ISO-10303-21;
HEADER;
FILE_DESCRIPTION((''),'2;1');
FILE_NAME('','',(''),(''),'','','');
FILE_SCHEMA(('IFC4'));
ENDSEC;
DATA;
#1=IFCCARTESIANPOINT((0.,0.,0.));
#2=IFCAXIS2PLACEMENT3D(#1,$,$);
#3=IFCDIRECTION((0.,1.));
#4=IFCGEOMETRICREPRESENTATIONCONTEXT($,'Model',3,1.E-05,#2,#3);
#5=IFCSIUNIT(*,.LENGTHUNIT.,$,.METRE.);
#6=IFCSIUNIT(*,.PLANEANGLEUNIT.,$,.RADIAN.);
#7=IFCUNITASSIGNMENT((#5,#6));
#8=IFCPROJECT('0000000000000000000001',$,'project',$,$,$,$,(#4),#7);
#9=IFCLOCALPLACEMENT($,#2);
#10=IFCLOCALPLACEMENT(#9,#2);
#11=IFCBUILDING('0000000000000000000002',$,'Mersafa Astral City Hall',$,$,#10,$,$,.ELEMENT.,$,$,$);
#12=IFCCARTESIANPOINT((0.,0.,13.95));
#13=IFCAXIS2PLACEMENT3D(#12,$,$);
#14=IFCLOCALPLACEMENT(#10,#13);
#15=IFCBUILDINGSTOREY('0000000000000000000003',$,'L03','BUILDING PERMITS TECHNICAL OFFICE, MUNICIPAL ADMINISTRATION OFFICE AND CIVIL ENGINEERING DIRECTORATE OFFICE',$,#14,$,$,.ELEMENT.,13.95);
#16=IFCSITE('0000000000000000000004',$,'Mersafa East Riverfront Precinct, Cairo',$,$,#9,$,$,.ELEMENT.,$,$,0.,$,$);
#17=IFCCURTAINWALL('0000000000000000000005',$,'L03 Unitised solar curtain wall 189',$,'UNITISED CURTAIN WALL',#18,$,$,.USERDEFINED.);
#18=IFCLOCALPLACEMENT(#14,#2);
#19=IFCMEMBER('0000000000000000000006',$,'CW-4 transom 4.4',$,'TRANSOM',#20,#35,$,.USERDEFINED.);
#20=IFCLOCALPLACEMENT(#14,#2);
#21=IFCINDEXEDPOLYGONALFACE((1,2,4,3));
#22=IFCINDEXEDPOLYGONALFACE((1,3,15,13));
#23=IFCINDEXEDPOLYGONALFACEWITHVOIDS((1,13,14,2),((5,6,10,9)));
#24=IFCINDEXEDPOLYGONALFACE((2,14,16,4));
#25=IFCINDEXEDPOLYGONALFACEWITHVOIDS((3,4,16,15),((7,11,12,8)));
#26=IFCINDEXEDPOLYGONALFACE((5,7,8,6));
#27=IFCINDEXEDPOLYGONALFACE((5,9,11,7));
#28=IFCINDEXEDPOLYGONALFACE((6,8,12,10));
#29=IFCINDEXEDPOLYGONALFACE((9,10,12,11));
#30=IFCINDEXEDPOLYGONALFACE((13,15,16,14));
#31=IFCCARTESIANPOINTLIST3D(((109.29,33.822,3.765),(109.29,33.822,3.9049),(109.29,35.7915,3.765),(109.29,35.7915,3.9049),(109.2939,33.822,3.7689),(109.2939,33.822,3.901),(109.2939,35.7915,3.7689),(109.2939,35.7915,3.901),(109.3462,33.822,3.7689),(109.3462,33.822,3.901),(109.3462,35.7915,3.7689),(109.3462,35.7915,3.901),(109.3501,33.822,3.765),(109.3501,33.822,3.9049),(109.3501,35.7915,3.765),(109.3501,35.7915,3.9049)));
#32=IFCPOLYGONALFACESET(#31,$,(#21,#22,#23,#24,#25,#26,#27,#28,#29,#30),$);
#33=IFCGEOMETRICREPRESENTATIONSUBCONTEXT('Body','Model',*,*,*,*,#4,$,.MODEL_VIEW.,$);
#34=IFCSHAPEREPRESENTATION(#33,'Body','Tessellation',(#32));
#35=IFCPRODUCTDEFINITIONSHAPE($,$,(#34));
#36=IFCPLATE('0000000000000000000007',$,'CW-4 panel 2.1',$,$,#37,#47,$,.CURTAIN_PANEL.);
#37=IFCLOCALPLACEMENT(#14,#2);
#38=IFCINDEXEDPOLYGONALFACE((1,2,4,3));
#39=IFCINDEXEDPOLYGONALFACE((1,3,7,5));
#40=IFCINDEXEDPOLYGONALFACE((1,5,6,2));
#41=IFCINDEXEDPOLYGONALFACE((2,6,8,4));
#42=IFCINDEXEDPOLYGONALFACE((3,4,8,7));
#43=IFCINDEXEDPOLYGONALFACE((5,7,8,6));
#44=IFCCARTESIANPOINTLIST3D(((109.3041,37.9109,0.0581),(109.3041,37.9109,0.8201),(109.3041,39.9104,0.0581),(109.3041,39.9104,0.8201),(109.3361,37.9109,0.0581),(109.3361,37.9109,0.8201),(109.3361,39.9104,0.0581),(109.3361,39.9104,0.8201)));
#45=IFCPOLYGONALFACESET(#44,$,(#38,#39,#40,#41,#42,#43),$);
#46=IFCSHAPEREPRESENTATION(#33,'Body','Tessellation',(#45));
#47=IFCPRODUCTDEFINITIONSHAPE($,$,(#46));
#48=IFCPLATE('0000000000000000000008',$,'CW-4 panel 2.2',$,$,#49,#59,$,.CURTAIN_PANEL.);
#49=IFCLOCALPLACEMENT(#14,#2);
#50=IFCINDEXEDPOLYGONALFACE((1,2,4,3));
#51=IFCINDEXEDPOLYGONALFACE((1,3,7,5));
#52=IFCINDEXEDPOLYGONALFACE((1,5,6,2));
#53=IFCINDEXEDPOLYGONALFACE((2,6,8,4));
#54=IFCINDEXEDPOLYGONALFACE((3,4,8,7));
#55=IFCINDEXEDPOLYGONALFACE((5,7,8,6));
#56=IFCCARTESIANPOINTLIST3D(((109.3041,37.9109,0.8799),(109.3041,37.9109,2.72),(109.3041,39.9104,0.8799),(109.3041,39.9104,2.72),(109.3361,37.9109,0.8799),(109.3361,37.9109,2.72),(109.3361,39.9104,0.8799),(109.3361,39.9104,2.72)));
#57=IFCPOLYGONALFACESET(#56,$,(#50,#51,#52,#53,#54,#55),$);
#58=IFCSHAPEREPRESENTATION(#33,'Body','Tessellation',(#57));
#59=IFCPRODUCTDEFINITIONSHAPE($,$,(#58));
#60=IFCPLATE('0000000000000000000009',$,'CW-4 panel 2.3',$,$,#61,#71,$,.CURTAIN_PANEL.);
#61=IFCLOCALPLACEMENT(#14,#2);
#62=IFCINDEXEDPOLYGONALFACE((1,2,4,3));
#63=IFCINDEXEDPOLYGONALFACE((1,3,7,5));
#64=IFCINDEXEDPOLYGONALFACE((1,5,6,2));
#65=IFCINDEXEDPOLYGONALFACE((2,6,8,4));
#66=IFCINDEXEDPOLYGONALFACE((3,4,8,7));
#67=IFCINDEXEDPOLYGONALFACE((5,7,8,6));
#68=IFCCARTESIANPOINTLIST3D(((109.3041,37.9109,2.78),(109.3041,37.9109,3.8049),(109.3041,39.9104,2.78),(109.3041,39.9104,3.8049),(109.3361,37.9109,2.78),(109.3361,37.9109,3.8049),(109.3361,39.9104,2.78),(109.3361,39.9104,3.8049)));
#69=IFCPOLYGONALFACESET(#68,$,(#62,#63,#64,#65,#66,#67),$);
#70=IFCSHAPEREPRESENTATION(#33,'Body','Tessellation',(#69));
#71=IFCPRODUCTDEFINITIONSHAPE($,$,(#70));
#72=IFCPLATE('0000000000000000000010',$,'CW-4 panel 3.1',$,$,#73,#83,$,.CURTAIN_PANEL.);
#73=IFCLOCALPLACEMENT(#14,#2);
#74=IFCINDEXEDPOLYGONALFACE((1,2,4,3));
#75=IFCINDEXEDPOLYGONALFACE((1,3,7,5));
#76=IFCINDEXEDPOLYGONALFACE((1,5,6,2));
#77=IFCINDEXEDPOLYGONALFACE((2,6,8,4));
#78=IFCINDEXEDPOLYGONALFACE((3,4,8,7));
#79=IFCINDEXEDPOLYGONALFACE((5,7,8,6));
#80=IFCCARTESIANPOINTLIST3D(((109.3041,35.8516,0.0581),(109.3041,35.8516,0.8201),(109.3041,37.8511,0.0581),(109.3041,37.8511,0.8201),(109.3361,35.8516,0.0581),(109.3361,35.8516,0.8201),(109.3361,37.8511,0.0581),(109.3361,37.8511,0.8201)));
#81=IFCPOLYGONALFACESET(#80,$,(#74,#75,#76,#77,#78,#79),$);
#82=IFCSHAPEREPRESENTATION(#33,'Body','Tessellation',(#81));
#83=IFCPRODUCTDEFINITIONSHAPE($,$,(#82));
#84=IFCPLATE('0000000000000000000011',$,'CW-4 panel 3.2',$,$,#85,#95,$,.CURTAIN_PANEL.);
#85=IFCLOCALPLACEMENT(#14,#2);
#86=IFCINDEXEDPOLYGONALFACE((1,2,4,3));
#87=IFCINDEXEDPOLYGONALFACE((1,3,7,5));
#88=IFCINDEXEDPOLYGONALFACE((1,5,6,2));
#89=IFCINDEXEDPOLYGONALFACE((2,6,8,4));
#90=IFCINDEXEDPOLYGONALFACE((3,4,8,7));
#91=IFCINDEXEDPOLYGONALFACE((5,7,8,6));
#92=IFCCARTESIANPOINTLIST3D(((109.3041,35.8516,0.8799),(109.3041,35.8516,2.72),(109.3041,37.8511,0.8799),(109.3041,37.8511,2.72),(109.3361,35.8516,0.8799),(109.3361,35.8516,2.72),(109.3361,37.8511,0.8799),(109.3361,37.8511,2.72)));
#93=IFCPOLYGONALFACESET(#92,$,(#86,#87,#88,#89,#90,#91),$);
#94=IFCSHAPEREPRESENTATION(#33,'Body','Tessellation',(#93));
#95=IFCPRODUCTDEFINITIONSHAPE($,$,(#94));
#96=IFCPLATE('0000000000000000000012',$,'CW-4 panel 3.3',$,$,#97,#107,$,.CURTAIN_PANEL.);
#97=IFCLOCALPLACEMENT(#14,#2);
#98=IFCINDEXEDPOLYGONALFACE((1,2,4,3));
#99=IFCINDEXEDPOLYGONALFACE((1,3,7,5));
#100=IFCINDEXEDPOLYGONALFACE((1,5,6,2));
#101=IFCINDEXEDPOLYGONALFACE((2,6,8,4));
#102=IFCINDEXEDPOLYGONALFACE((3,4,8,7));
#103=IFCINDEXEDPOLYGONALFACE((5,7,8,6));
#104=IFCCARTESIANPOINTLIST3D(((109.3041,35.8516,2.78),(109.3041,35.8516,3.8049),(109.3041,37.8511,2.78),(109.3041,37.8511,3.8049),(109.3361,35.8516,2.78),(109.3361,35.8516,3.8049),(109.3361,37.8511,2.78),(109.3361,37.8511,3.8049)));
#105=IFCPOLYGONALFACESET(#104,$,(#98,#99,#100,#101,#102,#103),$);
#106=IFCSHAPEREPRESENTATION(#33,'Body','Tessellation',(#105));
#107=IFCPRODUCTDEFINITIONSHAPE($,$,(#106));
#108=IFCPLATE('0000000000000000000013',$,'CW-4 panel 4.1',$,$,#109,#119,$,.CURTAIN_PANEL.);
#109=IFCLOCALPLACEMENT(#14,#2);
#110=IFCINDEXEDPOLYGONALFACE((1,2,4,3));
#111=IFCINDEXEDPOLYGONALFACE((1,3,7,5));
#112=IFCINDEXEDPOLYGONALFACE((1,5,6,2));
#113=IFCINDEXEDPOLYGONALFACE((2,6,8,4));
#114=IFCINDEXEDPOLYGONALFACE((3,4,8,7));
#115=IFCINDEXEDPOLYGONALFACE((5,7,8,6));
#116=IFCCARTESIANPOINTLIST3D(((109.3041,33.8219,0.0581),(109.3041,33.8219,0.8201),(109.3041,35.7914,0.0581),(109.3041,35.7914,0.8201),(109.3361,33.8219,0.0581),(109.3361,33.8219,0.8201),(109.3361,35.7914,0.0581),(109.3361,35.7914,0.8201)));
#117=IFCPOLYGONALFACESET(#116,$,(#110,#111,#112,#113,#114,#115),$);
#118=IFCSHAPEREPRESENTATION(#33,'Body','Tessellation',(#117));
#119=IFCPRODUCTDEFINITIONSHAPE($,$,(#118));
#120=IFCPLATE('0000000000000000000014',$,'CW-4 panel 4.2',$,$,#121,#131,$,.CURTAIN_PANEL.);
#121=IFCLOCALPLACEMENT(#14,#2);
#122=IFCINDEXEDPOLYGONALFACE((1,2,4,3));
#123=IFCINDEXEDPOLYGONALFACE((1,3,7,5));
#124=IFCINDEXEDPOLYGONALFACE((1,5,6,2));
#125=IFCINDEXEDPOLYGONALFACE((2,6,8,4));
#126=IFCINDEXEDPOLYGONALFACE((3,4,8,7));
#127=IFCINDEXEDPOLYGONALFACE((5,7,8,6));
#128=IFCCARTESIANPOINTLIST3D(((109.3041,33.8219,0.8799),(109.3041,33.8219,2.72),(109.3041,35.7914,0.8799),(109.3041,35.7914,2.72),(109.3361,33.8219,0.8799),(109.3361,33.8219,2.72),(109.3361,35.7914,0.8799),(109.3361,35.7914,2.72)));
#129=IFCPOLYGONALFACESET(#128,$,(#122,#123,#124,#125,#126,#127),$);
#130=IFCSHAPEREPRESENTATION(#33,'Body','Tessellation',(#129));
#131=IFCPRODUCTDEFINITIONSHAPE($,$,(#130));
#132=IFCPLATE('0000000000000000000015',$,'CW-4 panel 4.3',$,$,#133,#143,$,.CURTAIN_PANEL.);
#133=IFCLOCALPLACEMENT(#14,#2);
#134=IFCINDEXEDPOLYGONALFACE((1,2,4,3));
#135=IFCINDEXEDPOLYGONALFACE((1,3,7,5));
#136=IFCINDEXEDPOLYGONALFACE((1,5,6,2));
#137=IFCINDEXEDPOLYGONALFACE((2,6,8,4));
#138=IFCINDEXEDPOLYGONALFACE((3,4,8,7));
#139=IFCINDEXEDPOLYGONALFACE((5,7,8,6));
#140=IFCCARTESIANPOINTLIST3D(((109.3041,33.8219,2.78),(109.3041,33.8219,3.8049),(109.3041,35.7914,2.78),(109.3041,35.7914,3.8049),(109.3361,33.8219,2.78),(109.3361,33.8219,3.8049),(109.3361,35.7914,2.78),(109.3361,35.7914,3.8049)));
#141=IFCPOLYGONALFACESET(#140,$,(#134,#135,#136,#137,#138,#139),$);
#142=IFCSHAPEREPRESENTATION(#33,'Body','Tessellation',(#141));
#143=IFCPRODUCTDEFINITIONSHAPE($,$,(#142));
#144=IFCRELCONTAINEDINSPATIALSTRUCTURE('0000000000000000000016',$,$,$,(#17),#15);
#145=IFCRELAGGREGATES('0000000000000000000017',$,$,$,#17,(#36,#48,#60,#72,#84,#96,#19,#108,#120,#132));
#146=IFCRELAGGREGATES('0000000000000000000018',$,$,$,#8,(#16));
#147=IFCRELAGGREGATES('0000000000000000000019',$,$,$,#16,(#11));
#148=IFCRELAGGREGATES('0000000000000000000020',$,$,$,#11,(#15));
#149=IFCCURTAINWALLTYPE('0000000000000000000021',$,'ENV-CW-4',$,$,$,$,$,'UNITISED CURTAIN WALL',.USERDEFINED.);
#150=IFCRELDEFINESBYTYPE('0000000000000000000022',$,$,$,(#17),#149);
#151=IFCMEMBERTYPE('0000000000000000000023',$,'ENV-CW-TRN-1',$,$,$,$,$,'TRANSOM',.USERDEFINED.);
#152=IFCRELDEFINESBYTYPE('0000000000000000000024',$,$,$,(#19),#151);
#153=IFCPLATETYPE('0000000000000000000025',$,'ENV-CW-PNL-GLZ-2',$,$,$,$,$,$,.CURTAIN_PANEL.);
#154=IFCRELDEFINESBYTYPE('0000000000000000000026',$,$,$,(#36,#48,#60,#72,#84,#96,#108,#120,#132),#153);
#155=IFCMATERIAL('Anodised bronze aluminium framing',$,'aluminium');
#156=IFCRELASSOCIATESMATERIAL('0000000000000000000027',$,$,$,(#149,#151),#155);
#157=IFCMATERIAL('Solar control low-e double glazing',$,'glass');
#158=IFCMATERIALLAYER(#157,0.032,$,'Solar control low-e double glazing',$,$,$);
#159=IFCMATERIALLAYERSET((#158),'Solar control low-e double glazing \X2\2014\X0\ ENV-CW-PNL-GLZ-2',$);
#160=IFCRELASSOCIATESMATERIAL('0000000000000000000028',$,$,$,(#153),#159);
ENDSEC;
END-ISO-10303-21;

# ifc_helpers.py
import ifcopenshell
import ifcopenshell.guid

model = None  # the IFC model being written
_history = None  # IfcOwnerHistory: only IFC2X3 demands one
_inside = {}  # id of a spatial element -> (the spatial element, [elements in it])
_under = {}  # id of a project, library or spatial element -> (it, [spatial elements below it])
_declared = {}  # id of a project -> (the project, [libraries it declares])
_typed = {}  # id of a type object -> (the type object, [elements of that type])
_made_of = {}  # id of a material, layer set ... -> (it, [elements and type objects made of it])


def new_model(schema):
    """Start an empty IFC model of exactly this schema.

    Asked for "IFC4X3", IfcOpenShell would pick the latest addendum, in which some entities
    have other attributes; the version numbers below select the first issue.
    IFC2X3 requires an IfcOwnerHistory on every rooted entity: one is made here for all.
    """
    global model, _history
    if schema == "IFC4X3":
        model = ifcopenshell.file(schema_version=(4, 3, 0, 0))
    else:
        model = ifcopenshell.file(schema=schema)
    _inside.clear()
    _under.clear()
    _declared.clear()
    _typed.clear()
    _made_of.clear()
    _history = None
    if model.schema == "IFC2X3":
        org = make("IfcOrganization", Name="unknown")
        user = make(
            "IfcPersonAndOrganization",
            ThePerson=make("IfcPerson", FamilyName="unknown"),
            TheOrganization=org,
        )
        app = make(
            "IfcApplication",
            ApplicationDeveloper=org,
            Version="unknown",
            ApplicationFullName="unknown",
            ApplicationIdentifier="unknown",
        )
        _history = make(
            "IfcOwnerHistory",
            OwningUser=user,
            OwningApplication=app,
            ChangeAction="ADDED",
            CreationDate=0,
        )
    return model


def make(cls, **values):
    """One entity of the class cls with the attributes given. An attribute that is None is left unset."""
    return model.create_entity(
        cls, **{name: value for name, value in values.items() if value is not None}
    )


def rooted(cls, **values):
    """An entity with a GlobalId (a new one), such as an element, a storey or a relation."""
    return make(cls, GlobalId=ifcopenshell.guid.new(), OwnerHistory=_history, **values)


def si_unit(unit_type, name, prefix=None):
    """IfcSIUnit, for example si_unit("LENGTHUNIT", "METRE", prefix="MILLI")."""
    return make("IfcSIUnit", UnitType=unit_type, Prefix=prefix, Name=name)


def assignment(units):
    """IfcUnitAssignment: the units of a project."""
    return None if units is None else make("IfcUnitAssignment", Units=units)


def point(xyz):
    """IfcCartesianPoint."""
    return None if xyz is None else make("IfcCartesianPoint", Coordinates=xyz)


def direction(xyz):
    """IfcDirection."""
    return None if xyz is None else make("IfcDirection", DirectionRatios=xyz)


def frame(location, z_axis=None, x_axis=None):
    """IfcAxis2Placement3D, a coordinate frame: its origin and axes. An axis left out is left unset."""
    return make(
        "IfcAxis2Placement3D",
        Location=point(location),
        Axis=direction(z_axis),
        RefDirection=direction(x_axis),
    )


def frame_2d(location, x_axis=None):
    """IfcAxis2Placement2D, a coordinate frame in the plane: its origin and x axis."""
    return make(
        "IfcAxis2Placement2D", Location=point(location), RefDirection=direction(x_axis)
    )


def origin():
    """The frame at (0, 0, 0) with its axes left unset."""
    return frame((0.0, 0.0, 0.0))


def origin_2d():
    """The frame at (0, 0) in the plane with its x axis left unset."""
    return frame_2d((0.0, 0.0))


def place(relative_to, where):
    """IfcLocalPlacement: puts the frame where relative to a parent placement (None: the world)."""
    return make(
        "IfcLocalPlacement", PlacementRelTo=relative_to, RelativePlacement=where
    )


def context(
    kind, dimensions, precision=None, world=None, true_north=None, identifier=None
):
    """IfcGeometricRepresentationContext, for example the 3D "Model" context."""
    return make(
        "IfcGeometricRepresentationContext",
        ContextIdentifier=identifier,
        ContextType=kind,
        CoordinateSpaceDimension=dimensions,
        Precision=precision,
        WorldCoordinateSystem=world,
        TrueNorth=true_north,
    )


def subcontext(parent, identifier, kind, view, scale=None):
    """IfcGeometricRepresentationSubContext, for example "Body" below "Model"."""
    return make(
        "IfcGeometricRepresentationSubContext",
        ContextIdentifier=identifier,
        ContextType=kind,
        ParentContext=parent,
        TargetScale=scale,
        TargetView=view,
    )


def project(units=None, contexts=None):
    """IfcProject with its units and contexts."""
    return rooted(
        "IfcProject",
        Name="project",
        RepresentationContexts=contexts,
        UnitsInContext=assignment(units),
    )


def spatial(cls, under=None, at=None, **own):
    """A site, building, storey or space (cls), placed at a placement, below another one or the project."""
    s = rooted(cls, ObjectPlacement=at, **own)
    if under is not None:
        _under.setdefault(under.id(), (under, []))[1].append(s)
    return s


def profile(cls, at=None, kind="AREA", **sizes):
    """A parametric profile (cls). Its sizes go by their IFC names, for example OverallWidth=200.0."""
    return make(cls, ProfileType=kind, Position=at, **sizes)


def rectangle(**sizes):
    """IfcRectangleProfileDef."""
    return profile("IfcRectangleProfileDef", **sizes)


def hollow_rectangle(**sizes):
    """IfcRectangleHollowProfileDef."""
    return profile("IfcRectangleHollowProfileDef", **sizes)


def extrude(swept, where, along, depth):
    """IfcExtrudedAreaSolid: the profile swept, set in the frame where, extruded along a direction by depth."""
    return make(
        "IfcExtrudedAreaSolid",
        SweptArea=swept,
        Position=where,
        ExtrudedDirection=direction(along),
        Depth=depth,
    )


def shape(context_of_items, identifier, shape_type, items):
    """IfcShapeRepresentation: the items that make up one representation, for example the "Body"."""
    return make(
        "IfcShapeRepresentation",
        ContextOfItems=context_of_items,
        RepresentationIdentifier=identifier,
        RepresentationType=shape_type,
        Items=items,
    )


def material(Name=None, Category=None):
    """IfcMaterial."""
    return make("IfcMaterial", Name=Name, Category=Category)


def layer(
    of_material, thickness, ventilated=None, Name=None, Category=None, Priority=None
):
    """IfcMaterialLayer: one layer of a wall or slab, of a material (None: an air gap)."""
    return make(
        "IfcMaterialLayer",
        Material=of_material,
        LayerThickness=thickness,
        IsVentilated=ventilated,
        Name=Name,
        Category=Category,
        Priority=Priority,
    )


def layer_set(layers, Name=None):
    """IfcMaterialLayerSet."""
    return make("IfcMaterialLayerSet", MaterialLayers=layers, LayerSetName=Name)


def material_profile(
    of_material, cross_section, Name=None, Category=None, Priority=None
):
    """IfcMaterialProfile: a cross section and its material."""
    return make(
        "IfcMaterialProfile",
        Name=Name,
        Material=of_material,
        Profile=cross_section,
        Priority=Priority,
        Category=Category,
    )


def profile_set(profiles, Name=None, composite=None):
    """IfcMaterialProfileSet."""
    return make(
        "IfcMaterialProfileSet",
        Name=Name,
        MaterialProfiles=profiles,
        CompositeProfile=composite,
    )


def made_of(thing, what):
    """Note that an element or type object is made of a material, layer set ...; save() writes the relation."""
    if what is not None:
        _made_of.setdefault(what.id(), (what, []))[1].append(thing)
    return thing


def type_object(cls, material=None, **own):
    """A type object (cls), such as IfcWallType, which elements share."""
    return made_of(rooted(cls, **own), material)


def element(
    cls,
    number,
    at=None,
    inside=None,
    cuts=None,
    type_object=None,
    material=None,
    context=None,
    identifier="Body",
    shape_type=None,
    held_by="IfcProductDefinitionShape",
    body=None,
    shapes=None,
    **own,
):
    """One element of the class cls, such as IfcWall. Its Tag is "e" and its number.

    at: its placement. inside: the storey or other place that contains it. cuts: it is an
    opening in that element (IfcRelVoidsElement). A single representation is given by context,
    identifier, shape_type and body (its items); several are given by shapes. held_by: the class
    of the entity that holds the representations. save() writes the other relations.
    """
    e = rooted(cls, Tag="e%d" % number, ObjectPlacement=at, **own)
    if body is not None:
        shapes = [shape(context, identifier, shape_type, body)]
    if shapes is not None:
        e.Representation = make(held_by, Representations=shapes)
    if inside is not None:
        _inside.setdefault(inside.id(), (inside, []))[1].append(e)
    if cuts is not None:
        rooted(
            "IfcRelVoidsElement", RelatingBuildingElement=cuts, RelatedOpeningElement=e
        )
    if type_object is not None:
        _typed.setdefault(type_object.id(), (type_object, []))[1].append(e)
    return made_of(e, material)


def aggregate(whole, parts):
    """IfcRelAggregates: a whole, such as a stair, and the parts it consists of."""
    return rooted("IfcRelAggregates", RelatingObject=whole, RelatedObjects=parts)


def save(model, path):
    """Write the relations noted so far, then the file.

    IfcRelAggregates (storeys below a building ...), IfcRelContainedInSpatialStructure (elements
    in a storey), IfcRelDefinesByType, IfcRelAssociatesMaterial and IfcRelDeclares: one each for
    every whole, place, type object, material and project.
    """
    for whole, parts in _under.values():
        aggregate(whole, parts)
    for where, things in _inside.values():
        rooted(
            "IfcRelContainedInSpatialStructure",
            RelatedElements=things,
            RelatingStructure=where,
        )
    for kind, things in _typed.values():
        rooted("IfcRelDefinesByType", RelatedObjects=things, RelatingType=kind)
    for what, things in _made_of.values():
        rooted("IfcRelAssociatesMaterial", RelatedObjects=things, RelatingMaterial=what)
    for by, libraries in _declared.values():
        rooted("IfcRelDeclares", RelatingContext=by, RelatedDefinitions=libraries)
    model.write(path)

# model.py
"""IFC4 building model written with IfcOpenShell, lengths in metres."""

from ifc_helpers import new_model, si_unit, direction, frame, origin, origin_2d, place, context, subcontext, project, spatial, rectangle, hollow_rectangle, extrude, material, layer, layer_set, material_profile, profile_set, type_object, element, aggregate, save


model = new_model("IFC4")

# Units and contexts
model_context = context("Model", 3, precision=1e-05, world=origin(), true_north=direction((0.0, 1.0)))
body_context = subcontext(model_context, "Body", "Model", "MODEL_VIEW")
ifc_project = project(units=[si_unit("LENGTHUNIT", "METRE"), si_unit("PLANEANGLEUNIT", "RADIAN")], contexts=[model_context])

# Site, building, storey
site_placement = place(None, origin())
site = spatial("IfcSite", under=ifc_project, at=site_placement, Name="Mersafa East Riverfront Precinct, Cairo", CompositionType="ELEMENT", RefElevation=0.0)
building_placement = place(site_placement, origin())
building = spatial("IfcBuilding", under=site, at=building_placement, Name="Mersafa Astral City Hall", CompositionType="ELEMENT")
storey_placement = place(building_placement, frame((0.0, 0.0, 13.95)))
storey = spatial("IfcBuildingStorey", under=building, at=storey_placement, Name="L03", Description="BUILDING PERMITS TECHNICAL OFFICE, MUNICIPAL ADMINISTRATION OFFICE AND CIVIL ENGINEERING DIRECTORATE OFFICE", CompositionType="ELEMENT", Elevation=13.95)

# Shared definitions
ifc_material_1 = material(Name="Anodised bronze aluminium framing", Category="aluminium")

# Curtain wall, member, plates
curtain_wall_type_1 = type_object("IfcCurtainWallType", Name="ENV-CW-4", ElementType="UNITISED CURTAIN WALL", PredefinedType="USERDEFINED", material=ifc_material_1)
curtain_wall_1_placement = place(storey_placement, origin())
curtain_wall_1 = element("IfcCurtainWall", 1, at=curtain_wall_1_placement, inside=storey, type_object=curtain_wall_type_1, Name="L03 Unitised solar curtain wall 189", ObjectType="UNITISED CURTAIN WALL", PredefinedType="USERDEFINED")
ifc_material_profile_1 = material_profile(ifc_material_1, hollow_rectangle(XDim=0.0601, YDim=0.1399, WallThickness=0.0039, at=origin_2d()), Name="RHS 60x140x4")
ifc_profile_set_1 = profile_set([ifc_material_profile_1], Name="Anodised bronze aluminium framing")
member_type_1 = type_object("IfcMemberType", Name="ENV-CW-TRN-1", ElementType="TRANSOM", PredefinedType="USERDEFINED", material=ifc_profile_set_1)
member_1_placement = place(storey_placement, frame((109.3201, 35.7915, 3.835), z_axis=(0.0, -1.0, 0.0), x_axis=(1.0, 0.0, 0.0)))
member_1 = element("IfcMember", 2, at=member_1_placement, type_object=member_type_1, Name="CW-4 transom 4.4", ObjectType="TRANSOM", PredefinedType="USERDEFINED", context=body_context, shape_type="SweptSolid", body=[
    extrude(hollow_rectangle(XDim=0.0601, YDim=0.1399, WallThickness=0.0039, at=origin_2d()), origin(), (0.0, 0.0, 1.0), 1.9695),
])
ifc_material_2 = material(Name="Solar control low-e double glazing", Category="glass")
ifc_layer = layer(ifc_material_2, 0.032, Name="Solar control low-e double glazing")
ifc_layer_set = layer_set([ifc_layer], Name="Solar control low-e double glazing — ENV-CW-PNL-GLZ-2")
plate_type = type_object("IfcPlateType", Name="ENV-CW-PNL-GLZ-2", PredefinedType="CURTAIN_PANEL", material=ifc_layer_set)
plate_1_placement = place(storey_placement, frame((109.3201, 38.9106, 0.0581), z_axis=(0.0, 0.0, 1.0), x_axis=(0.0, -1.0, 0.0)))
plate_1 = element("IfcPlate", 3, at=plate_1_placement, type_object=plate_type, Name="CW-4 panel 2.1", PredefinedType="CURTAIN_PANEL", context=body_context, shape_type="SweptSolid", body=[
    extrude(rectangle(XDim=1.9995, YDim=0.032, at=origin_2d()), origin(), (0.0, 0.0, 1.0), 0.762),
])
plate_2_placement = place(storey_placement, frame((109.3201, 38.9106, 0.8799), z_axis=(0.0, 0.0, 1.0), x_axis=(0.0, -1.0, 0.0)))
plate_2 = element("IfcPlate", 4, at=plate_2_placement, type_object=plate_type, Name="CW-4 panel 2.2", PredefinedType="CURTAIN_PANEL", context=body_context, shape_type="SweptSolid", body=[
    extrude(rectangle(XDim=1.9995, YDim=0.032, at=origin_2d()), origin(), (0.0, 0.0, 1.0), 1.8401),
])
plate_3_placement = place(storey_placement, frame((109.3201, 38.9106, 2.78), z_axis=(0.0, 0.0, 1.0), x_axis=(0.0, -1.0, 0.0)))
plate_3 = element("IfcPlate", 5, at=plate_3_placement, type_object=plate_type, Name="CW-4 panel 2.3", PredefinedType="CURTAIN_PANEL", context=body_context, shape_type="SweptSolid", body=[
    extrude(rectangle(XDim=1.9995, YDim=0.032, at=origin_2d()), origin(), (0.0, 0.0, 1.0), 1.0249),
])
plate_4_placement = place(storey_placement, frame((109.3201, 36.8513, 0.0581), z_axis=(0.0, 0.0, 1.0), x_axis=(0.0, -1.0, 0.0)))
plate_4 = element("IfcPlate", 6, at=plate_4_placement, type_object=plate_type, Name="CW-4 panel 3.1", PredefinedType="CURTAIN_PANEL", context=body_context, shape_type="SweptSolid", body=[
    extrude(rectangle(XDim=1.9995, YDim=0.032, at=origin_2d()), origin(), (0.0, 0.0, 1.0), 0.762),
])
plate_5_placement = place(storey_placement, frame((109.3201, 36.8513, 0.8799), z_axis=(0.0, 0.0, 1.0), x_axis=(0.0, -1.0, 0.0)))
plate_5 = element("IfcPlate", 7, at=plate_5_placement, type_object=plate_type, Name="CW-4 panel 3.2", PredefinedType="CURTAIN_PANEL", context=body_context, shape_type="SweptSolid", body=[
    extrude(rectangle(XDim=1.9995, YDim=0.032, at=origin_2d()), origin(), (0.0, 0.0, 1.0), 1.8401),
])
plate_6_placement = place(storey_placement, frame((109.3201, 36.8513, 2.78), z_axis=(0.0, 0.0, 1.0), x_axis=(0.0, -1.0, 0.0)))
plate_6 = element("IfcPlate", 8, at=plate_6_placement, type_object=plate_type, Name="CW-4 panel 3.3", PredefinedType="CURTAIN_PANEL", context=body_context, shape_type="SweptSolid", body=[
    extrude(rectangle(XDim=1.9995, YDim=0.032, at=origin_2d()), origin(), (0.0, 0.0, 1.0), 1.0249),
])
plate_7_placement = place(storey_placement, frame((109.3201, 34.8066, 0.0581), z_axis=(0.0, 0.0, 1.0), x_axis=(0.0, -1.0, 0.0)))
plate_7 = element("IfcPlate", 9, at=plate_7_placement, type_object=plate_type, Name="CW-4 panel 4.1", PredefinedType="CURTAIN_PANEL", context=body_context, shape_type="SweptSolid", body=[
    extrude(rectangle(XDim=1.9695, YDim=0.032, at=origin_2d()), origin(), (0.0, 0.0, 1.0), 0.762),
])
plate_8_placement = place(storey_placement, frame((109.3201, 34.8066, 0.8799), z_axis=(0.0, 0.0, 1.0), x_axis=(0.0, -1.0, 0.0)))
plate_8 = element("IfcPlate", 10, at=plate_8_placement, type_object=plate_type, Name="CW-4 panel 4.2", PredefinedType="CURTAIN_PANEL", context=body_context, shape_type="SweptSolid", body=[
    extrude(rectangle(XDim=1.9695, YDim=0.032, at=origin_2d()), origin(), (0.0, 0.0, 1.0), 1.8401),
])
plate_9_placement = place(storey_placement, frame((109.3201, 34.8066, 2.78), z_axis=(0.0, 0.0, 1.0), x_axis=(0.0, -1.0, 0.0)))
plate_9 = element("IfcPlate", 11, at=plate_9_placement, type_object=plate_type, Name="CW-4 panel 4.3", PredefinedType="CURTAIN_PANEL", context=body_context, shape_type="SweptSolid", body=[
    extrude(rectangle(XDim=1.9695, YDim=0.032, at=origin_2d()), origin(), (0.0, 0.0, 1.0), 1.0249),
])
aggregate(curtain_wall_1, [plate_1, plate_2, plate_3, plate_4, plate_5, plate_6, member_1, plate_7, plate_8, plate_9])

save(model, "model.ifc")
